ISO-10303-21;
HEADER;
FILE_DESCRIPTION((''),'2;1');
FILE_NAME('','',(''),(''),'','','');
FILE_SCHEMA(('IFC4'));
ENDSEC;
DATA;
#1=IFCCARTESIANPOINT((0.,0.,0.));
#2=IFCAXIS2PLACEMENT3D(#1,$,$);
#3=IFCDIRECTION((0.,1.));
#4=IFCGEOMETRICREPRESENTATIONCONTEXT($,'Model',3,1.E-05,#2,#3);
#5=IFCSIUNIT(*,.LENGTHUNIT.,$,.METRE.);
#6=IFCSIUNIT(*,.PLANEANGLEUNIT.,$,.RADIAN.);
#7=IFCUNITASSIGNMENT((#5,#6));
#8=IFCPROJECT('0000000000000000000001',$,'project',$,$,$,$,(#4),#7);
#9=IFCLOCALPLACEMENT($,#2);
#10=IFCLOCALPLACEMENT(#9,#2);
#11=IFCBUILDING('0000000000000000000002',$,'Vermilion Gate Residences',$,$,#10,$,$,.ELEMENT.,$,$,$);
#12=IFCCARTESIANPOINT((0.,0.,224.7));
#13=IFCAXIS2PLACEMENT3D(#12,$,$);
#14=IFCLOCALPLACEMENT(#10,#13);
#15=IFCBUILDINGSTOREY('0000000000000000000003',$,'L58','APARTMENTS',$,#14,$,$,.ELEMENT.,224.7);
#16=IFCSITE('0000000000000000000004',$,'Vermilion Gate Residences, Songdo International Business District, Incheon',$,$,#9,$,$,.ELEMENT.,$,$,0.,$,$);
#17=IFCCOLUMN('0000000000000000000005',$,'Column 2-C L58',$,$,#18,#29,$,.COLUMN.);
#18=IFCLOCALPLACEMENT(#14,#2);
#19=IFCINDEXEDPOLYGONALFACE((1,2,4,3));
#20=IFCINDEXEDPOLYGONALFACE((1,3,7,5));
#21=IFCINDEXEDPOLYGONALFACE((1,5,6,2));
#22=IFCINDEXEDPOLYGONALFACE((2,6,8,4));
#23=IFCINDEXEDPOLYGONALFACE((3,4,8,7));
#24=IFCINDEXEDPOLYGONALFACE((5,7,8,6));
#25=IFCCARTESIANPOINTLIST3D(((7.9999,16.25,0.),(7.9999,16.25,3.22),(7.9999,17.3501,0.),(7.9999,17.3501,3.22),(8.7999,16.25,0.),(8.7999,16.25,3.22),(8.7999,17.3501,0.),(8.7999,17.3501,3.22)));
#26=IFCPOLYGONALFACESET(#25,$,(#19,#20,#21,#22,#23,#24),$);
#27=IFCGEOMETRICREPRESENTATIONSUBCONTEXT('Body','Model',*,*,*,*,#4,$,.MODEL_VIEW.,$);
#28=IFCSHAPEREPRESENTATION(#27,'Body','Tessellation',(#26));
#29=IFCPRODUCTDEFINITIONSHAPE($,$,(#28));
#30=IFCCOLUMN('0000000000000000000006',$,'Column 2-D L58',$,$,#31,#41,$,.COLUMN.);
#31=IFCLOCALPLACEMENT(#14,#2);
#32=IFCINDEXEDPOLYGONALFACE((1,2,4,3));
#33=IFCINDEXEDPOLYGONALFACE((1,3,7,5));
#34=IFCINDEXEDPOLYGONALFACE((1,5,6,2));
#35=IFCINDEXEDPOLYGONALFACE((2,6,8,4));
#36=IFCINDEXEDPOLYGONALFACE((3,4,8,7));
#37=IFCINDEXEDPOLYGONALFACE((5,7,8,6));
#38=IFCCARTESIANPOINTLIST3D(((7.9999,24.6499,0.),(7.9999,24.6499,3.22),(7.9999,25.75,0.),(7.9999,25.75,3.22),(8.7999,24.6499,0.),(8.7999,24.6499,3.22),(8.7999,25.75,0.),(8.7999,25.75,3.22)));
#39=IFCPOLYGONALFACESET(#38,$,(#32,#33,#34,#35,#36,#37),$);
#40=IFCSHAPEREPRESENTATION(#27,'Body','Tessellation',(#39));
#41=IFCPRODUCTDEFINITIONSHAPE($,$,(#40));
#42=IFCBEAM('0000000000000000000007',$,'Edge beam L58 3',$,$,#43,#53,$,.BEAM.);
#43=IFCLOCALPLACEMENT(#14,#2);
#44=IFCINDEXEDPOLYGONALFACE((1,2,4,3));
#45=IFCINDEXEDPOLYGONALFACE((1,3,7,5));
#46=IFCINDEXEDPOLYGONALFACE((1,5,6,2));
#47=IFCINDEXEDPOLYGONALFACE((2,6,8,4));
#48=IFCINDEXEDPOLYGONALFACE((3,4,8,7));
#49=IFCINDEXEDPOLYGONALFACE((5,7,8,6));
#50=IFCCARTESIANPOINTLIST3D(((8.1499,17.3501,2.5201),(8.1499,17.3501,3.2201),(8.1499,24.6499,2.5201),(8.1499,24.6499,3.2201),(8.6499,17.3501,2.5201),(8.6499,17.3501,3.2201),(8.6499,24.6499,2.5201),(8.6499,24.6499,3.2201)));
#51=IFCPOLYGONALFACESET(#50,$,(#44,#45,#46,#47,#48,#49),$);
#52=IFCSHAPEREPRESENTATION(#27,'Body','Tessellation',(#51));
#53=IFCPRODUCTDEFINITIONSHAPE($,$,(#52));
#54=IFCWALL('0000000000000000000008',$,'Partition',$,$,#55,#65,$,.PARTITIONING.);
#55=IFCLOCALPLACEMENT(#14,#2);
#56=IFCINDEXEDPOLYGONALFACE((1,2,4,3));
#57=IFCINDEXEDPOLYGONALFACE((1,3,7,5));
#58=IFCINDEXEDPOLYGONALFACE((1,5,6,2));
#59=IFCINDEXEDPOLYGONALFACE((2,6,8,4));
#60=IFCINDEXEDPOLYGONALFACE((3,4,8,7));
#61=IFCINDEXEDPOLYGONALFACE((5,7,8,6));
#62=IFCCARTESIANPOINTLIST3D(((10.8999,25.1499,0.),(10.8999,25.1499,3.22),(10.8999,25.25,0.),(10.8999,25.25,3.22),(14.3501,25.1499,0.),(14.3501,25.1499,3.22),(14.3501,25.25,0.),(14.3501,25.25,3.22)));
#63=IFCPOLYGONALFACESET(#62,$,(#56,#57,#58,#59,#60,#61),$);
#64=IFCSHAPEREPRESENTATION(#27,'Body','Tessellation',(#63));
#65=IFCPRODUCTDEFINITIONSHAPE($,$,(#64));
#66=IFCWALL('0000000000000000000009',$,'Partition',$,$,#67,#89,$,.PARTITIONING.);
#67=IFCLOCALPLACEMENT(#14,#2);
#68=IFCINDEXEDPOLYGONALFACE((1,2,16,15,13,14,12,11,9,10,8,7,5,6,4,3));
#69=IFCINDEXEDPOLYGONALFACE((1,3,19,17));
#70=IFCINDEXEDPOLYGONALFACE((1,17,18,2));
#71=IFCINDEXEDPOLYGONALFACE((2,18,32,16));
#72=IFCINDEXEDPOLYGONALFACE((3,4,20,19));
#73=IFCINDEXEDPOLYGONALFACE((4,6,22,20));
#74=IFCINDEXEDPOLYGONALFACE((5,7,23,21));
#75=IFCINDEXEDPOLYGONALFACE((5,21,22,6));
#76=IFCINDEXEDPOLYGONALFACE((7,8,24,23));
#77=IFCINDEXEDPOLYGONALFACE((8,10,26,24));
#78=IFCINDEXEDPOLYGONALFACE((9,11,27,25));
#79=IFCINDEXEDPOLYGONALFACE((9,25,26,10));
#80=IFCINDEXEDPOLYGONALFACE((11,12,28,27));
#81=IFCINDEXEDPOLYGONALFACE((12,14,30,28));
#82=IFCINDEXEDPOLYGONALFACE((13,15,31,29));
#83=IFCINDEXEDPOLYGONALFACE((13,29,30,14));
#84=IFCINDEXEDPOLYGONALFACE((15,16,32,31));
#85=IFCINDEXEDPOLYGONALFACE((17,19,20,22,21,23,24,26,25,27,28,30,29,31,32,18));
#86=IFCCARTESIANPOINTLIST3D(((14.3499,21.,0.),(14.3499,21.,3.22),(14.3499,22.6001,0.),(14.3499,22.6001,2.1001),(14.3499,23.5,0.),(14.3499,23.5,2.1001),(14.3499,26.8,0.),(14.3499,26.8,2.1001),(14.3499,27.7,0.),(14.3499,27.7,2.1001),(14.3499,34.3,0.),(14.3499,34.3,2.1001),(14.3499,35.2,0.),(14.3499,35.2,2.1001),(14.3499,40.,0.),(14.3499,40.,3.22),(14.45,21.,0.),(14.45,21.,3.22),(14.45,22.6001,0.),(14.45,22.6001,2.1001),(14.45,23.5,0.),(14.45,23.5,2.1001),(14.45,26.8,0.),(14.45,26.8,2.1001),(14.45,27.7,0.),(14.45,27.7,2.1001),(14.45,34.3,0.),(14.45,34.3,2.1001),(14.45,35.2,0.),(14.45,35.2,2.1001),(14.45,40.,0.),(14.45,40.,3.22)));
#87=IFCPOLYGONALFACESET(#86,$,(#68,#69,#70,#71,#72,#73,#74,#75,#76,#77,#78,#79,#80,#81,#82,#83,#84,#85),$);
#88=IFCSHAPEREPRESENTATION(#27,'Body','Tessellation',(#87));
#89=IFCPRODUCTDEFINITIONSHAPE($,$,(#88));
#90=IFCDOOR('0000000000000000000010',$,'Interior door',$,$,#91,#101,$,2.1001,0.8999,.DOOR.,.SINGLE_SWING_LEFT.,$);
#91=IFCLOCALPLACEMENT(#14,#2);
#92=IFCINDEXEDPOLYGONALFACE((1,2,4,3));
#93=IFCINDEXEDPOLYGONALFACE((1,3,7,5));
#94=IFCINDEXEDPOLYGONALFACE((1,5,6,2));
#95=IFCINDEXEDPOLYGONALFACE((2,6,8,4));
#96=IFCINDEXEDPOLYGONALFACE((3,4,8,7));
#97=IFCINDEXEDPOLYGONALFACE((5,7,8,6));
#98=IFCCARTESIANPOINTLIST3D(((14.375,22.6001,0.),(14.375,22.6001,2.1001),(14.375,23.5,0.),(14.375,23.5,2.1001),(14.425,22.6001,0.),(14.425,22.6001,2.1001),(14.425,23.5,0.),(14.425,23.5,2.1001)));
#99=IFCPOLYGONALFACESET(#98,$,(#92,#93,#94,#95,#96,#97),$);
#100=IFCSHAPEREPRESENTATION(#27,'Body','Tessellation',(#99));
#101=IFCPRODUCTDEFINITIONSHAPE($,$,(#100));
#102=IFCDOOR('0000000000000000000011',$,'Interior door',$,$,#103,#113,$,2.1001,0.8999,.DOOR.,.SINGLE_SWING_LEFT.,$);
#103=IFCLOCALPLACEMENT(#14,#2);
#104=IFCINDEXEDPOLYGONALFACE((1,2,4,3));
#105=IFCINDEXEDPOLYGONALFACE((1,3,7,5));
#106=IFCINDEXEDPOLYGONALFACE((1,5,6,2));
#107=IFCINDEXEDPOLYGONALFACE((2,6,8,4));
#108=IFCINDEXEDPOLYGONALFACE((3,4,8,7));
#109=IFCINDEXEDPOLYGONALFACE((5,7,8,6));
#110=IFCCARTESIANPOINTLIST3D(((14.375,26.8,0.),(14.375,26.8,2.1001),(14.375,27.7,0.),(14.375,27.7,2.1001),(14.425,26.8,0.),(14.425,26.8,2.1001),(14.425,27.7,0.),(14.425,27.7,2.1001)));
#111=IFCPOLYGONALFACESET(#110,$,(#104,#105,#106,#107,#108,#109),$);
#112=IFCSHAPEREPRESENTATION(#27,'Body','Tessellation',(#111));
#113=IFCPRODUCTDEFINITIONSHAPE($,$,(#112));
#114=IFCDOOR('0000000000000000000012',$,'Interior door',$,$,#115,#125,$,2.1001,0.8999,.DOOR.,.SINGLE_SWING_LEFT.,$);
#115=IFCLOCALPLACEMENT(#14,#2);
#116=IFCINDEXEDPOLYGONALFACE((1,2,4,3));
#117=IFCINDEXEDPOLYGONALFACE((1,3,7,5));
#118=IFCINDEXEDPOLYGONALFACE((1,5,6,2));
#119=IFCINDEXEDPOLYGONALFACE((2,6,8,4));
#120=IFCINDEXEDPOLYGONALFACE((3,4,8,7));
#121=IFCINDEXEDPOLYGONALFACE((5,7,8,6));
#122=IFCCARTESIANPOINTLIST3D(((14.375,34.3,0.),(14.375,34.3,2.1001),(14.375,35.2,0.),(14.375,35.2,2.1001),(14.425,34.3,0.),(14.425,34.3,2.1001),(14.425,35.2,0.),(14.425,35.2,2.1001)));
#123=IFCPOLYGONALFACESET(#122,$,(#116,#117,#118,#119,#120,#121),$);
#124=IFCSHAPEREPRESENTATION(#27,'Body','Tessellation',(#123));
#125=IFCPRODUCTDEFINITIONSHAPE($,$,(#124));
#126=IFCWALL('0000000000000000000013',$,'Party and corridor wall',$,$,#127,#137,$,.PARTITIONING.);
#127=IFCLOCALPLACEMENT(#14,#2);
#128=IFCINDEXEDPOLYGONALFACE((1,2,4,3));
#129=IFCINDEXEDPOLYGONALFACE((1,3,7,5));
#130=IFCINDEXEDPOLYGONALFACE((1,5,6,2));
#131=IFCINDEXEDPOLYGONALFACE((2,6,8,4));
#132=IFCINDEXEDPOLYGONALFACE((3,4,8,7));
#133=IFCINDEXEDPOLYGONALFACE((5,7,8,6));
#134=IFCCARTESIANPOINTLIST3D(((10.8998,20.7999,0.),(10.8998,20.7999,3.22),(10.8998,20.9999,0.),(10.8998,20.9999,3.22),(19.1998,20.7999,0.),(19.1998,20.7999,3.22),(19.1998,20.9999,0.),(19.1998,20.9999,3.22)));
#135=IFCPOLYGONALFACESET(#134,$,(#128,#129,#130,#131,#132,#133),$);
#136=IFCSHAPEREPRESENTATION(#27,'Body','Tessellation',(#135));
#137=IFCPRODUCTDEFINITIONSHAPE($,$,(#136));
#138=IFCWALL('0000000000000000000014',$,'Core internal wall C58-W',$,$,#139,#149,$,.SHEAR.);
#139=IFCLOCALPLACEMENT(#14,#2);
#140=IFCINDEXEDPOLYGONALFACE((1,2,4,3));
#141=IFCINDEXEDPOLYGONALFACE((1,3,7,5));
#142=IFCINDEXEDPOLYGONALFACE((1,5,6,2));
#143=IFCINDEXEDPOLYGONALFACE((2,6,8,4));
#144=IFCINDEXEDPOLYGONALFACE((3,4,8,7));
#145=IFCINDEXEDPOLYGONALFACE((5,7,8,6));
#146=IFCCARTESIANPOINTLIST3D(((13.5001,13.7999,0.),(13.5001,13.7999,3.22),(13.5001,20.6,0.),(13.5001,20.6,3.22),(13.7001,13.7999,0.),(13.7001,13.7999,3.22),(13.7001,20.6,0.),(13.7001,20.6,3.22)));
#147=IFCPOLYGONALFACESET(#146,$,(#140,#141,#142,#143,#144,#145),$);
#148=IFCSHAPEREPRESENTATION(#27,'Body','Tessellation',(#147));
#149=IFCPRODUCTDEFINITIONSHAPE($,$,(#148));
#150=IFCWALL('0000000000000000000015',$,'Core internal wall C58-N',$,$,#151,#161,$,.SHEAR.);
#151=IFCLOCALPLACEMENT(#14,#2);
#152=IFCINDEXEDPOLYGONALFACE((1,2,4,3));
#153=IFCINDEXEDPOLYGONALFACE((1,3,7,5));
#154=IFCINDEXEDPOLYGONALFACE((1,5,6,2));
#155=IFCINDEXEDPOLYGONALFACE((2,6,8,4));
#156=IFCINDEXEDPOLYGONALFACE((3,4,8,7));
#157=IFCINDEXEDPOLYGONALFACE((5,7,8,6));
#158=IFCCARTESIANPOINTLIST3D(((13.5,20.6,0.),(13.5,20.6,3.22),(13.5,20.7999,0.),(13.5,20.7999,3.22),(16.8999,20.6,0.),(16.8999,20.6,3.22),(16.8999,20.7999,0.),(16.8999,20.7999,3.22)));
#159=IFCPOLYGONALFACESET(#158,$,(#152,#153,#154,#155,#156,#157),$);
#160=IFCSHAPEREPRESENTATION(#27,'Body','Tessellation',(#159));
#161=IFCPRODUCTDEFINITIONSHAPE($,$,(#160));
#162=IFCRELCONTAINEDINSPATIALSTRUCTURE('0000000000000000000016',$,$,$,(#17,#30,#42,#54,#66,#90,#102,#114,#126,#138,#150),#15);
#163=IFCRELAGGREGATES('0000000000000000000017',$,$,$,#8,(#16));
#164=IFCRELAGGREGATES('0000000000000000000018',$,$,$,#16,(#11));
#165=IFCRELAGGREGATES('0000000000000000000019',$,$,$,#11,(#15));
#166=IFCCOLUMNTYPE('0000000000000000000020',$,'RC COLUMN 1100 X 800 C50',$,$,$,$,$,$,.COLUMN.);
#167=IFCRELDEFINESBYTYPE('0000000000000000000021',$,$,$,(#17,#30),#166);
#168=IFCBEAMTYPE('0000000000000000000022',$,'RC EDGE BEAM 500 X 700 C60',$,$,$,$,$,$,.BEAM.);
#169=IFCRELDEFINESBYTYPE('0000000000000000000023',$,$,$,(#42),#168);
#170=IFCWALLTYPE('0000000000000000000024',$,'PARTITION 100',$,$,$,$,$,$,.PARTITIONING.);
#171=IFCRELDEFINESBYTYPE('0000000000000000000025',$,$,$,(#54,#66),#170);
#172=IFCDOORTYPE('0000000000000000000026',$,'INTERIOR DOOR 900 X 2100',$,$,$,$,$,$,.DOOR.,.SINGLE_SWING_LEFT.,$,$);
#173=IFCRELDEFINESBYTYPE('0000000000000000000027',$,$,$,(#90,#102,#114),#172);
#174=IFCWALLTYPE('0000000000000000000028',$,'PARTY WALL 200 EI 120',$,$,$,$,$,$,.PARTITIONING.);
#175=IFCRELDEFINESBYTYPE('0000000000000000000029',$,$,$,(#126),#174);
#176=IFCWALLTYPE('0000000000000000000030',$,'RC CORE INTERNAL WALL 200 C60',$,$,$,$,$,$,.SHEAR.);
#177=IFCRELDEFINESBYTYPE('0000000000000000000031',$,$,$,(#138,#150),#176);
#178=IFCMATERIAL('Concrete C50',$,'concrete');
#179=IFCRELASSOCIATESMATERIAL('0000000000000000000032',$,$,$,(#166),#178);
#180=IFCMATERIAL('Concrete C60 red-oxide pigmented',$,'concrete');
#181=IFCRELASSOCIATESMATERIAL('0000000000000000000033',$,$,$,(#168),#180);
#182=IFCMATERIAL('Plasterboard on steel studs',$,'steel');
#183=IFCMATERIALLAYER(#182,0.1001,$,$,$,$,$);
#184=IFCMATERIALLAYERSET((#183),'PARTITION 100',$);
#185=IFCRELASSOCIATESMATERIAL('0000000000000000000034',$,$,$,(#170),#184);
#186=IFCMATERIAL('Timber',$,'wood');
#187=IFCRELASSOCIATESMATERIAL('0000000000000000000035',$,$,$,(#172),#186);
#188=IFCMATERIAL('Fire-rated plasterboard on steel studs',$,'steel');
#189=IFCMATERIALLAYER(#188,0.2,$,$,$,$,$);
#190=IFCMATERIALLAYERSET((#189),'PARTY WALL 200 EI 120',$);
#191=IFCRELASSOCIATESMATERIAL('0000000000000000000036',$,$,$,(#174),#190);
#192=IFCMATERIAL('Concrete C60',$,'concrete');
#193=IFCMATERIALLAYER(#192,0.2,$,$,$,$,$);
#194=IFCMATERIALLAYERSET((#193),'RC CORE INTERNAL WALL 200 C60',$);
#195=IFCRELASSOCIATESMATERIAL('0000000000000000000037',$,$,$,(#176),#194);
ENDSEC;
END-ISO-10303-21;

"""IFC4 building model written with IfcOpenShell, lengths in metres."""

from ifc_helpers import new_model, si_unit, direction, frame, frame_2d, origin, origin_2d, place, context, subcontext, project, spatial, rectangle, extrude, material, layer, layer_set, material_profile, profile_set, type_object, element, fill, save


model = new_model("IFC4")

# Units and contexts
model_context = context("Model", 3, precision=1e-05, world=origin(), true_north=direction((0.0, 1.0)))
body_context = subcontext(model_context, "Body", "Model", "MODEL_VIEW")
ifc_project = project(units=[si_unit("LENGTHUNIT", "METRE"), si_unit("PLANEANGLEUNIT", "RADIAN")], contexts=[model_context])

# Site, building, storey
site_placement = place(None, origin())
site = spatial("IfcSite", under=ifc_project, at=site_placement, Name="Vermilion Gate Residences, Songdo International Business District, Incheon", CompositionType="ELEMENT", RefElevation=0.0)
building_placement = place(site_placement, origin())
building = spatial("IfcBuilding", under=site, at=building_placement, Name="Vermilion Gate Residences", CompositionType="ELEMENT")
storey_placement = place(building_placement, frame((0.0, 0.0, 224.7)))
storey = spatial("IfcBuildingStorey", under=building, at=storey_placement, Name="L58", Description="APARTMENTS", CompositionType="ELEMENT", Elevation=224.7)

# Columns
ifc_material_1 = material(Name="Concrete C50", Category="concrete")
ifc_material_profile_1 = material_profile(ifc_material_1, rectangle(XDim=1.1001, YDim=0.8, at=origin_2d()), Name="RC-1100x800")
ifc_profile_set_1 = profile_set([ifc_material_profile_1], Name="Concrete C50")
column_type = type_object("IfcColumnType", Name="RC COLUMN 1100 X 800 C50", PredefinedType="COLUMN", material=ifc_profile_set_1)
for number, where, z_axis, x_axis, name in (
    (1, (8.3999, 16.8, 0.0), (0.0, 0.0, 1.0), (0.0, 1.0, 0.0), "Column 2-C L58"),
    (2, (8.3999, 25.2, 0.0), (0.0, 0.0, 1.0), (0.0, 1.0, 0.0), "Column 2-D L58"),
):
    element("IfcColumn", number, at=place(storey_placement, frame(where, z_axis=z_axis, x_axis=x_axis)), inside=storey, type_object=column_type, Name=name, PredefinedType="COLUMN", context=body_context, shape_type="SweptSolid", body=[
        extrude(rectangle(XDim=1.1001, YDim=0.8, at=origin_2d()), origin(), (0.0, 0.0, 1.0), 3.22),
    ])

# Beam
ifc_material_2 = material(Name="Concrete C60 red-oxide pigmented", Category="concrete")
ifc_material_profile_2 = material_profile(ifc_material_2, rectangle(XDim=0.5, YDim=0.7, at=origin_2d()), Name="RC-500x700")
ifc_profile_set_2 = profile_set([ifc_material_profile_2], Name="Concrete C60 red-oxide pigmented")
beam_type = type_object("IfcBeamType", Name="RC EDGE BEAM 500 X 700 C60", PredefinedType="BEAM", material=ifc_profile_set_2)
beam_placement = place(storey_placement, frame((8.3999, 17.3501, 2.8701), z_axis=(0.0, 1.0, 0.0), x_axis=(-1.0, 0.0, 0.0)))
element("IfcBeam", 3, at=beam_placement, inside=storey, type_object=beam_type, Name="Edge beam L58 3", PredefinedType="BEAM", context=body_context, shape_type="SweptSolid", body=[
    extrude(rectangle(XDim=0.5, YDim=0.7, at=origin_2d()), origin(), (0.0, 0.0, 1.0), 7.2998),
])

# Wall
ifc_material_3 = material(Name="Plasterboard on steel studs", Category="steel")
ifc_layer_1 = layer(ifc_material_3, 0.1001)
ifc_layer_set_1 = layer_set([ifc_layer_1], Name="PARTITION 100")
wall_type_1 = type_object("IfcWallType", Name="PARTITION 100", PredefinedType="PARTITIONING", material=ifc_layer_set_1)
wall_1_placement = place(storey_placement, frame((10.8999, 25.2, 0.0), z_axis=(0.0, 0.0, 1.0), x_axis=(1.0, 0.0, 0.0)))
element("IfcWall", 4, at=wall_1_placement, inside=storey, type_object=wall_type_1, Name="Partition", PredefinedType="PARTITIONING", context=body_context, shape_type="SweptSolid", body=[
    extrude(rectangle(XDim=3.4502, YDim=0.1001, at=frame_2d((1.7251, 0.0))), origin(), (0.0, 0.0, 1.0), 3.22),
])

# Wall, openings, doors
wall_2_placement = place(storey_placement, frame((14.3999, 21.0, 0.0), z_axis=(0.0, 0.0, 1.0), x_axis=(0.0, 1.0, 0.0)))
wall_2 = element("IfcWall", 5, at=wall_2_placement, inside=storey, type_object=wall_type_1, Name="Partition", PredefinedType="PARTITIONING", context=body_context, shape_type="SweptSolid", body=[
    extrude(rectangle(XDim=19.0, YDim=0.1001, at=frame_2d((9.5, 0.0))), origin(), (0.0, 0.0, 1.0), 3.22),
])
opening_1_placement = place(wall_2_placement, frame((1.6001, 0.0, 0.0)))
opening_1 = element("IfcOpeningElement", 6, at=opening_1_placement, cuts=wall_2, PredefinedType="OPENING", context=body_context, shape_type="SweptSolid", body=[
    extrude(rectangle(XDim=0.8999, YDim=2.1001, at=frame_2d((0.45, 1.05))), frame((0.0, 0.0601, 0.0), z_axis=(0.0, -1.0, 0.0), x_axis=(1.0, 0.0, 0.0)), (0.0, 0.0, 1.0), 0.1201),
])
opening_2_placement = place(wall_2_placement, frame((5.8, 0.0, 0.0)))
opening_2 = element("IfcOpeningElement", 7, at=opening_2_placement, cuts=wall_2, PredefinedType="OPENING", context=body_context, shape_type="SweptSolid", body=[
    extrude(rectangle(XDim=0.8999, YDim=2.1001, at=frame_2d((0.45, 1.05))), frame((0.0, 0.0601, 0.0), z_axis=(0.0, -1.0, 0.0), x_axis=(1.0, 0.0, 0.0)), (0.0, 0.0, 1.0), 0.1201),
])
opening_3_placement = place(wall_2_placement, frame((13.3, 0.0, 0.0)))
opening_3 = element("IfcOpeningElement", 8, at=opening_3_placement, cuts=wall_2, PredefinedType="OPENING", context=body_context, shape_type="SweptSolid", body=[
    extrude(rectangle(XDim=0.8999, YDim=2.1001, at=frame_2d((0.45, 1.05))), frame((0.0, 0.0601, 0.0), z_axis=(0.0, -1.0, 0.0), x_axis=(1.0, 0.0, 0.0)), (0.0, 0.0, 1.0), 0.1201),
])
ifc_material_4 = material(Name="Timber", Category="wood")
door_type_1 = type_object("IfcDoorType", Name="INTERIOR DOOR 900 X 2100", OperationType="SINGLE_SWING_LEFT", PredefinedType="DOOR", material=ifc_material_4)
door_1_placement = place(opening_1_placement, origin())
door_1 = element("IfcDoor", 9, at=door_1_placement, inside=storey, type_object=door_type_1, Name="Interior door", OperationType="SINGLE_SWING_LEFT", OverallHeight=2.1001, OverallWidth=0.8999, PredefinedType="DOOR", context=body_context, shape_type="SweptSolid", body=[
    extrude(rectangle(XDim=0.8999, YDim=2.1001, at=frame_2d((0.45, 1.05))), frame((0.0, 0.0249, 0.0), z_axis=(0.0, -1.0, 0.0), x_axis=(1.0, 0.0, 0.0)), (0.0, 0.0, 1.0), 0.05),
])
fill(opening_1, door_1)
door_2_placement = place(opening_2_placement, origin())
door_2 = element("IfcDoor", 10, at=door_2_placement, inside=storey, type_object=door_type_1, Name="Interior door", OperationType="SINGLE_SWING_LEFT", OverallHeight=2.1001, OverallWidth=0.8999, PredefinedType="DOOR", context=body_context, shape_type="SweptSolid", body=[
    extrude(rectangle(XDim=0.8999, YDim=2.1001, at=frame_2d((0.45, 1.05))), frame((0.0, 0.0249, 0.0), z_axis=(0.0, -1.0, 0.0), x_axis=(1.0, 0.0, 0.0)), (0.0, 0.0, 1.0), 0.05),
])
fill(opening_2, door_2)
door_3_placement = place(opening_3_placement, origin())
door_3 = element("IfcDoor", 11, at=door_3_placement, inside=storey, type_object=door_type_1, Name="Interior door", OperationType="SINGLE_SWING_LEFT", OverallHeight=2.1001, OverallWidth=0.8999, PredefinedType="DOOR", context=body_context, shape_type="SweptSolid", body=[
    extrude(rectangle(XDim=0.8999, YDim=2.1001, at=frame_2d((0.45, 1.05))), frame((0.0, 0.0249, 0.0), z_axis=(0.0, -1.0, 0.0), x_axis=(1.0, 0.0, 0.0)), (0.0, 0.0, 1.0), 0.05),
])
fill(opening_3, door_3)

# Walls
ifc_material_5 = material(Name="Fire-rated plasterboard on steel studs", Category="steel")
ifc_layer_2 = layer(ifc_material_5, 0.2)
ifc_layer_set_2 = layer_set([ifc_layer_2], Name="PARTY WALL 200 EI 120")
wall_type_2 = type_object("IfcWallType", Name="PARTY WALL 200 EI 120", PredefinedType="PARTITIONING", material=ifc_layer_set_2)
wall_3_placement = place(storey_placement, frame((10.8999, 20.8999, 0.0), z_axis=(0.0, 0.0, 1.0), x_axis=(1.0, 0.0, 0.0)))
element("IfcWall", 12, at=wall_3_placement, inside=storey, type_object=wall_type_2, Name="Party and corridor wall", PredefinedType="PARTITIONING", context=body_context, shape_type="SweptSolid", body=[
    extrude(rectangle(XDim=8.3, YDim=0.2, at=frame_2d((4.1499, 0.0))), origin(), (0.0, 0.0, 1.0), 3.22),
])
ifc_material_6 = material(Name="Concrete C60", Category="concrete")
ifc_layer_3 = layer(ifc_material_6, 0.2)
ifc_layer_set_3 = layer_set([ifc_layer_3], Name="RC CORE INTERNAL WALL 200 C60")
wall_type_3 = type_object("IfcWallType", Name="RC CORE INTERNAL WALL 200 C60", PredefinedType="SHEAR", material=ifc_layer_set_3)
wall_4_placement = place(storey_placement, frame((13.6001, 13.8, 0.0), z_axis=(0.0, 0.0, 1.0), x_axis=(0.0, 1.0, 0.0)))
element("IfcWall", 13, at=wall_4_placement, inside=storey, type_object=wall_type_3, Name="Core internal wall C58-W", PredefinedType="SHEAR", context=body_context, shape_type="SweptSolid", body=[
    extrude(rectangle(XDim=6.8, YDim=0.2, at=frame_2d((3.3999, 0.0))), origin(), (0.0, 0.0, 1.0), 3.22),
])
wall_5_placement = place(storey_placement, frame((13.5, 20.7, 0.0), z_axis=(0.0, 0.0, 1.0), x_axis=(1.0, 0.0, 0.0)))
element("IfcWall", 14, at=wall_5_placement, inside=storey, type_object=wall_type_3, Name="Core internal wall C58-N", PredefinedType="SHEAR", context=body_context, shape_type="SweptSolid", body=[
    extrude(rectangle(XDim=3.3999, YDim=0.2, at=frame_2d((1.7, 0.0))), origin(), (0.0, 0.0, 1.0), 3.22),
])

save(model, "model.ifc")
